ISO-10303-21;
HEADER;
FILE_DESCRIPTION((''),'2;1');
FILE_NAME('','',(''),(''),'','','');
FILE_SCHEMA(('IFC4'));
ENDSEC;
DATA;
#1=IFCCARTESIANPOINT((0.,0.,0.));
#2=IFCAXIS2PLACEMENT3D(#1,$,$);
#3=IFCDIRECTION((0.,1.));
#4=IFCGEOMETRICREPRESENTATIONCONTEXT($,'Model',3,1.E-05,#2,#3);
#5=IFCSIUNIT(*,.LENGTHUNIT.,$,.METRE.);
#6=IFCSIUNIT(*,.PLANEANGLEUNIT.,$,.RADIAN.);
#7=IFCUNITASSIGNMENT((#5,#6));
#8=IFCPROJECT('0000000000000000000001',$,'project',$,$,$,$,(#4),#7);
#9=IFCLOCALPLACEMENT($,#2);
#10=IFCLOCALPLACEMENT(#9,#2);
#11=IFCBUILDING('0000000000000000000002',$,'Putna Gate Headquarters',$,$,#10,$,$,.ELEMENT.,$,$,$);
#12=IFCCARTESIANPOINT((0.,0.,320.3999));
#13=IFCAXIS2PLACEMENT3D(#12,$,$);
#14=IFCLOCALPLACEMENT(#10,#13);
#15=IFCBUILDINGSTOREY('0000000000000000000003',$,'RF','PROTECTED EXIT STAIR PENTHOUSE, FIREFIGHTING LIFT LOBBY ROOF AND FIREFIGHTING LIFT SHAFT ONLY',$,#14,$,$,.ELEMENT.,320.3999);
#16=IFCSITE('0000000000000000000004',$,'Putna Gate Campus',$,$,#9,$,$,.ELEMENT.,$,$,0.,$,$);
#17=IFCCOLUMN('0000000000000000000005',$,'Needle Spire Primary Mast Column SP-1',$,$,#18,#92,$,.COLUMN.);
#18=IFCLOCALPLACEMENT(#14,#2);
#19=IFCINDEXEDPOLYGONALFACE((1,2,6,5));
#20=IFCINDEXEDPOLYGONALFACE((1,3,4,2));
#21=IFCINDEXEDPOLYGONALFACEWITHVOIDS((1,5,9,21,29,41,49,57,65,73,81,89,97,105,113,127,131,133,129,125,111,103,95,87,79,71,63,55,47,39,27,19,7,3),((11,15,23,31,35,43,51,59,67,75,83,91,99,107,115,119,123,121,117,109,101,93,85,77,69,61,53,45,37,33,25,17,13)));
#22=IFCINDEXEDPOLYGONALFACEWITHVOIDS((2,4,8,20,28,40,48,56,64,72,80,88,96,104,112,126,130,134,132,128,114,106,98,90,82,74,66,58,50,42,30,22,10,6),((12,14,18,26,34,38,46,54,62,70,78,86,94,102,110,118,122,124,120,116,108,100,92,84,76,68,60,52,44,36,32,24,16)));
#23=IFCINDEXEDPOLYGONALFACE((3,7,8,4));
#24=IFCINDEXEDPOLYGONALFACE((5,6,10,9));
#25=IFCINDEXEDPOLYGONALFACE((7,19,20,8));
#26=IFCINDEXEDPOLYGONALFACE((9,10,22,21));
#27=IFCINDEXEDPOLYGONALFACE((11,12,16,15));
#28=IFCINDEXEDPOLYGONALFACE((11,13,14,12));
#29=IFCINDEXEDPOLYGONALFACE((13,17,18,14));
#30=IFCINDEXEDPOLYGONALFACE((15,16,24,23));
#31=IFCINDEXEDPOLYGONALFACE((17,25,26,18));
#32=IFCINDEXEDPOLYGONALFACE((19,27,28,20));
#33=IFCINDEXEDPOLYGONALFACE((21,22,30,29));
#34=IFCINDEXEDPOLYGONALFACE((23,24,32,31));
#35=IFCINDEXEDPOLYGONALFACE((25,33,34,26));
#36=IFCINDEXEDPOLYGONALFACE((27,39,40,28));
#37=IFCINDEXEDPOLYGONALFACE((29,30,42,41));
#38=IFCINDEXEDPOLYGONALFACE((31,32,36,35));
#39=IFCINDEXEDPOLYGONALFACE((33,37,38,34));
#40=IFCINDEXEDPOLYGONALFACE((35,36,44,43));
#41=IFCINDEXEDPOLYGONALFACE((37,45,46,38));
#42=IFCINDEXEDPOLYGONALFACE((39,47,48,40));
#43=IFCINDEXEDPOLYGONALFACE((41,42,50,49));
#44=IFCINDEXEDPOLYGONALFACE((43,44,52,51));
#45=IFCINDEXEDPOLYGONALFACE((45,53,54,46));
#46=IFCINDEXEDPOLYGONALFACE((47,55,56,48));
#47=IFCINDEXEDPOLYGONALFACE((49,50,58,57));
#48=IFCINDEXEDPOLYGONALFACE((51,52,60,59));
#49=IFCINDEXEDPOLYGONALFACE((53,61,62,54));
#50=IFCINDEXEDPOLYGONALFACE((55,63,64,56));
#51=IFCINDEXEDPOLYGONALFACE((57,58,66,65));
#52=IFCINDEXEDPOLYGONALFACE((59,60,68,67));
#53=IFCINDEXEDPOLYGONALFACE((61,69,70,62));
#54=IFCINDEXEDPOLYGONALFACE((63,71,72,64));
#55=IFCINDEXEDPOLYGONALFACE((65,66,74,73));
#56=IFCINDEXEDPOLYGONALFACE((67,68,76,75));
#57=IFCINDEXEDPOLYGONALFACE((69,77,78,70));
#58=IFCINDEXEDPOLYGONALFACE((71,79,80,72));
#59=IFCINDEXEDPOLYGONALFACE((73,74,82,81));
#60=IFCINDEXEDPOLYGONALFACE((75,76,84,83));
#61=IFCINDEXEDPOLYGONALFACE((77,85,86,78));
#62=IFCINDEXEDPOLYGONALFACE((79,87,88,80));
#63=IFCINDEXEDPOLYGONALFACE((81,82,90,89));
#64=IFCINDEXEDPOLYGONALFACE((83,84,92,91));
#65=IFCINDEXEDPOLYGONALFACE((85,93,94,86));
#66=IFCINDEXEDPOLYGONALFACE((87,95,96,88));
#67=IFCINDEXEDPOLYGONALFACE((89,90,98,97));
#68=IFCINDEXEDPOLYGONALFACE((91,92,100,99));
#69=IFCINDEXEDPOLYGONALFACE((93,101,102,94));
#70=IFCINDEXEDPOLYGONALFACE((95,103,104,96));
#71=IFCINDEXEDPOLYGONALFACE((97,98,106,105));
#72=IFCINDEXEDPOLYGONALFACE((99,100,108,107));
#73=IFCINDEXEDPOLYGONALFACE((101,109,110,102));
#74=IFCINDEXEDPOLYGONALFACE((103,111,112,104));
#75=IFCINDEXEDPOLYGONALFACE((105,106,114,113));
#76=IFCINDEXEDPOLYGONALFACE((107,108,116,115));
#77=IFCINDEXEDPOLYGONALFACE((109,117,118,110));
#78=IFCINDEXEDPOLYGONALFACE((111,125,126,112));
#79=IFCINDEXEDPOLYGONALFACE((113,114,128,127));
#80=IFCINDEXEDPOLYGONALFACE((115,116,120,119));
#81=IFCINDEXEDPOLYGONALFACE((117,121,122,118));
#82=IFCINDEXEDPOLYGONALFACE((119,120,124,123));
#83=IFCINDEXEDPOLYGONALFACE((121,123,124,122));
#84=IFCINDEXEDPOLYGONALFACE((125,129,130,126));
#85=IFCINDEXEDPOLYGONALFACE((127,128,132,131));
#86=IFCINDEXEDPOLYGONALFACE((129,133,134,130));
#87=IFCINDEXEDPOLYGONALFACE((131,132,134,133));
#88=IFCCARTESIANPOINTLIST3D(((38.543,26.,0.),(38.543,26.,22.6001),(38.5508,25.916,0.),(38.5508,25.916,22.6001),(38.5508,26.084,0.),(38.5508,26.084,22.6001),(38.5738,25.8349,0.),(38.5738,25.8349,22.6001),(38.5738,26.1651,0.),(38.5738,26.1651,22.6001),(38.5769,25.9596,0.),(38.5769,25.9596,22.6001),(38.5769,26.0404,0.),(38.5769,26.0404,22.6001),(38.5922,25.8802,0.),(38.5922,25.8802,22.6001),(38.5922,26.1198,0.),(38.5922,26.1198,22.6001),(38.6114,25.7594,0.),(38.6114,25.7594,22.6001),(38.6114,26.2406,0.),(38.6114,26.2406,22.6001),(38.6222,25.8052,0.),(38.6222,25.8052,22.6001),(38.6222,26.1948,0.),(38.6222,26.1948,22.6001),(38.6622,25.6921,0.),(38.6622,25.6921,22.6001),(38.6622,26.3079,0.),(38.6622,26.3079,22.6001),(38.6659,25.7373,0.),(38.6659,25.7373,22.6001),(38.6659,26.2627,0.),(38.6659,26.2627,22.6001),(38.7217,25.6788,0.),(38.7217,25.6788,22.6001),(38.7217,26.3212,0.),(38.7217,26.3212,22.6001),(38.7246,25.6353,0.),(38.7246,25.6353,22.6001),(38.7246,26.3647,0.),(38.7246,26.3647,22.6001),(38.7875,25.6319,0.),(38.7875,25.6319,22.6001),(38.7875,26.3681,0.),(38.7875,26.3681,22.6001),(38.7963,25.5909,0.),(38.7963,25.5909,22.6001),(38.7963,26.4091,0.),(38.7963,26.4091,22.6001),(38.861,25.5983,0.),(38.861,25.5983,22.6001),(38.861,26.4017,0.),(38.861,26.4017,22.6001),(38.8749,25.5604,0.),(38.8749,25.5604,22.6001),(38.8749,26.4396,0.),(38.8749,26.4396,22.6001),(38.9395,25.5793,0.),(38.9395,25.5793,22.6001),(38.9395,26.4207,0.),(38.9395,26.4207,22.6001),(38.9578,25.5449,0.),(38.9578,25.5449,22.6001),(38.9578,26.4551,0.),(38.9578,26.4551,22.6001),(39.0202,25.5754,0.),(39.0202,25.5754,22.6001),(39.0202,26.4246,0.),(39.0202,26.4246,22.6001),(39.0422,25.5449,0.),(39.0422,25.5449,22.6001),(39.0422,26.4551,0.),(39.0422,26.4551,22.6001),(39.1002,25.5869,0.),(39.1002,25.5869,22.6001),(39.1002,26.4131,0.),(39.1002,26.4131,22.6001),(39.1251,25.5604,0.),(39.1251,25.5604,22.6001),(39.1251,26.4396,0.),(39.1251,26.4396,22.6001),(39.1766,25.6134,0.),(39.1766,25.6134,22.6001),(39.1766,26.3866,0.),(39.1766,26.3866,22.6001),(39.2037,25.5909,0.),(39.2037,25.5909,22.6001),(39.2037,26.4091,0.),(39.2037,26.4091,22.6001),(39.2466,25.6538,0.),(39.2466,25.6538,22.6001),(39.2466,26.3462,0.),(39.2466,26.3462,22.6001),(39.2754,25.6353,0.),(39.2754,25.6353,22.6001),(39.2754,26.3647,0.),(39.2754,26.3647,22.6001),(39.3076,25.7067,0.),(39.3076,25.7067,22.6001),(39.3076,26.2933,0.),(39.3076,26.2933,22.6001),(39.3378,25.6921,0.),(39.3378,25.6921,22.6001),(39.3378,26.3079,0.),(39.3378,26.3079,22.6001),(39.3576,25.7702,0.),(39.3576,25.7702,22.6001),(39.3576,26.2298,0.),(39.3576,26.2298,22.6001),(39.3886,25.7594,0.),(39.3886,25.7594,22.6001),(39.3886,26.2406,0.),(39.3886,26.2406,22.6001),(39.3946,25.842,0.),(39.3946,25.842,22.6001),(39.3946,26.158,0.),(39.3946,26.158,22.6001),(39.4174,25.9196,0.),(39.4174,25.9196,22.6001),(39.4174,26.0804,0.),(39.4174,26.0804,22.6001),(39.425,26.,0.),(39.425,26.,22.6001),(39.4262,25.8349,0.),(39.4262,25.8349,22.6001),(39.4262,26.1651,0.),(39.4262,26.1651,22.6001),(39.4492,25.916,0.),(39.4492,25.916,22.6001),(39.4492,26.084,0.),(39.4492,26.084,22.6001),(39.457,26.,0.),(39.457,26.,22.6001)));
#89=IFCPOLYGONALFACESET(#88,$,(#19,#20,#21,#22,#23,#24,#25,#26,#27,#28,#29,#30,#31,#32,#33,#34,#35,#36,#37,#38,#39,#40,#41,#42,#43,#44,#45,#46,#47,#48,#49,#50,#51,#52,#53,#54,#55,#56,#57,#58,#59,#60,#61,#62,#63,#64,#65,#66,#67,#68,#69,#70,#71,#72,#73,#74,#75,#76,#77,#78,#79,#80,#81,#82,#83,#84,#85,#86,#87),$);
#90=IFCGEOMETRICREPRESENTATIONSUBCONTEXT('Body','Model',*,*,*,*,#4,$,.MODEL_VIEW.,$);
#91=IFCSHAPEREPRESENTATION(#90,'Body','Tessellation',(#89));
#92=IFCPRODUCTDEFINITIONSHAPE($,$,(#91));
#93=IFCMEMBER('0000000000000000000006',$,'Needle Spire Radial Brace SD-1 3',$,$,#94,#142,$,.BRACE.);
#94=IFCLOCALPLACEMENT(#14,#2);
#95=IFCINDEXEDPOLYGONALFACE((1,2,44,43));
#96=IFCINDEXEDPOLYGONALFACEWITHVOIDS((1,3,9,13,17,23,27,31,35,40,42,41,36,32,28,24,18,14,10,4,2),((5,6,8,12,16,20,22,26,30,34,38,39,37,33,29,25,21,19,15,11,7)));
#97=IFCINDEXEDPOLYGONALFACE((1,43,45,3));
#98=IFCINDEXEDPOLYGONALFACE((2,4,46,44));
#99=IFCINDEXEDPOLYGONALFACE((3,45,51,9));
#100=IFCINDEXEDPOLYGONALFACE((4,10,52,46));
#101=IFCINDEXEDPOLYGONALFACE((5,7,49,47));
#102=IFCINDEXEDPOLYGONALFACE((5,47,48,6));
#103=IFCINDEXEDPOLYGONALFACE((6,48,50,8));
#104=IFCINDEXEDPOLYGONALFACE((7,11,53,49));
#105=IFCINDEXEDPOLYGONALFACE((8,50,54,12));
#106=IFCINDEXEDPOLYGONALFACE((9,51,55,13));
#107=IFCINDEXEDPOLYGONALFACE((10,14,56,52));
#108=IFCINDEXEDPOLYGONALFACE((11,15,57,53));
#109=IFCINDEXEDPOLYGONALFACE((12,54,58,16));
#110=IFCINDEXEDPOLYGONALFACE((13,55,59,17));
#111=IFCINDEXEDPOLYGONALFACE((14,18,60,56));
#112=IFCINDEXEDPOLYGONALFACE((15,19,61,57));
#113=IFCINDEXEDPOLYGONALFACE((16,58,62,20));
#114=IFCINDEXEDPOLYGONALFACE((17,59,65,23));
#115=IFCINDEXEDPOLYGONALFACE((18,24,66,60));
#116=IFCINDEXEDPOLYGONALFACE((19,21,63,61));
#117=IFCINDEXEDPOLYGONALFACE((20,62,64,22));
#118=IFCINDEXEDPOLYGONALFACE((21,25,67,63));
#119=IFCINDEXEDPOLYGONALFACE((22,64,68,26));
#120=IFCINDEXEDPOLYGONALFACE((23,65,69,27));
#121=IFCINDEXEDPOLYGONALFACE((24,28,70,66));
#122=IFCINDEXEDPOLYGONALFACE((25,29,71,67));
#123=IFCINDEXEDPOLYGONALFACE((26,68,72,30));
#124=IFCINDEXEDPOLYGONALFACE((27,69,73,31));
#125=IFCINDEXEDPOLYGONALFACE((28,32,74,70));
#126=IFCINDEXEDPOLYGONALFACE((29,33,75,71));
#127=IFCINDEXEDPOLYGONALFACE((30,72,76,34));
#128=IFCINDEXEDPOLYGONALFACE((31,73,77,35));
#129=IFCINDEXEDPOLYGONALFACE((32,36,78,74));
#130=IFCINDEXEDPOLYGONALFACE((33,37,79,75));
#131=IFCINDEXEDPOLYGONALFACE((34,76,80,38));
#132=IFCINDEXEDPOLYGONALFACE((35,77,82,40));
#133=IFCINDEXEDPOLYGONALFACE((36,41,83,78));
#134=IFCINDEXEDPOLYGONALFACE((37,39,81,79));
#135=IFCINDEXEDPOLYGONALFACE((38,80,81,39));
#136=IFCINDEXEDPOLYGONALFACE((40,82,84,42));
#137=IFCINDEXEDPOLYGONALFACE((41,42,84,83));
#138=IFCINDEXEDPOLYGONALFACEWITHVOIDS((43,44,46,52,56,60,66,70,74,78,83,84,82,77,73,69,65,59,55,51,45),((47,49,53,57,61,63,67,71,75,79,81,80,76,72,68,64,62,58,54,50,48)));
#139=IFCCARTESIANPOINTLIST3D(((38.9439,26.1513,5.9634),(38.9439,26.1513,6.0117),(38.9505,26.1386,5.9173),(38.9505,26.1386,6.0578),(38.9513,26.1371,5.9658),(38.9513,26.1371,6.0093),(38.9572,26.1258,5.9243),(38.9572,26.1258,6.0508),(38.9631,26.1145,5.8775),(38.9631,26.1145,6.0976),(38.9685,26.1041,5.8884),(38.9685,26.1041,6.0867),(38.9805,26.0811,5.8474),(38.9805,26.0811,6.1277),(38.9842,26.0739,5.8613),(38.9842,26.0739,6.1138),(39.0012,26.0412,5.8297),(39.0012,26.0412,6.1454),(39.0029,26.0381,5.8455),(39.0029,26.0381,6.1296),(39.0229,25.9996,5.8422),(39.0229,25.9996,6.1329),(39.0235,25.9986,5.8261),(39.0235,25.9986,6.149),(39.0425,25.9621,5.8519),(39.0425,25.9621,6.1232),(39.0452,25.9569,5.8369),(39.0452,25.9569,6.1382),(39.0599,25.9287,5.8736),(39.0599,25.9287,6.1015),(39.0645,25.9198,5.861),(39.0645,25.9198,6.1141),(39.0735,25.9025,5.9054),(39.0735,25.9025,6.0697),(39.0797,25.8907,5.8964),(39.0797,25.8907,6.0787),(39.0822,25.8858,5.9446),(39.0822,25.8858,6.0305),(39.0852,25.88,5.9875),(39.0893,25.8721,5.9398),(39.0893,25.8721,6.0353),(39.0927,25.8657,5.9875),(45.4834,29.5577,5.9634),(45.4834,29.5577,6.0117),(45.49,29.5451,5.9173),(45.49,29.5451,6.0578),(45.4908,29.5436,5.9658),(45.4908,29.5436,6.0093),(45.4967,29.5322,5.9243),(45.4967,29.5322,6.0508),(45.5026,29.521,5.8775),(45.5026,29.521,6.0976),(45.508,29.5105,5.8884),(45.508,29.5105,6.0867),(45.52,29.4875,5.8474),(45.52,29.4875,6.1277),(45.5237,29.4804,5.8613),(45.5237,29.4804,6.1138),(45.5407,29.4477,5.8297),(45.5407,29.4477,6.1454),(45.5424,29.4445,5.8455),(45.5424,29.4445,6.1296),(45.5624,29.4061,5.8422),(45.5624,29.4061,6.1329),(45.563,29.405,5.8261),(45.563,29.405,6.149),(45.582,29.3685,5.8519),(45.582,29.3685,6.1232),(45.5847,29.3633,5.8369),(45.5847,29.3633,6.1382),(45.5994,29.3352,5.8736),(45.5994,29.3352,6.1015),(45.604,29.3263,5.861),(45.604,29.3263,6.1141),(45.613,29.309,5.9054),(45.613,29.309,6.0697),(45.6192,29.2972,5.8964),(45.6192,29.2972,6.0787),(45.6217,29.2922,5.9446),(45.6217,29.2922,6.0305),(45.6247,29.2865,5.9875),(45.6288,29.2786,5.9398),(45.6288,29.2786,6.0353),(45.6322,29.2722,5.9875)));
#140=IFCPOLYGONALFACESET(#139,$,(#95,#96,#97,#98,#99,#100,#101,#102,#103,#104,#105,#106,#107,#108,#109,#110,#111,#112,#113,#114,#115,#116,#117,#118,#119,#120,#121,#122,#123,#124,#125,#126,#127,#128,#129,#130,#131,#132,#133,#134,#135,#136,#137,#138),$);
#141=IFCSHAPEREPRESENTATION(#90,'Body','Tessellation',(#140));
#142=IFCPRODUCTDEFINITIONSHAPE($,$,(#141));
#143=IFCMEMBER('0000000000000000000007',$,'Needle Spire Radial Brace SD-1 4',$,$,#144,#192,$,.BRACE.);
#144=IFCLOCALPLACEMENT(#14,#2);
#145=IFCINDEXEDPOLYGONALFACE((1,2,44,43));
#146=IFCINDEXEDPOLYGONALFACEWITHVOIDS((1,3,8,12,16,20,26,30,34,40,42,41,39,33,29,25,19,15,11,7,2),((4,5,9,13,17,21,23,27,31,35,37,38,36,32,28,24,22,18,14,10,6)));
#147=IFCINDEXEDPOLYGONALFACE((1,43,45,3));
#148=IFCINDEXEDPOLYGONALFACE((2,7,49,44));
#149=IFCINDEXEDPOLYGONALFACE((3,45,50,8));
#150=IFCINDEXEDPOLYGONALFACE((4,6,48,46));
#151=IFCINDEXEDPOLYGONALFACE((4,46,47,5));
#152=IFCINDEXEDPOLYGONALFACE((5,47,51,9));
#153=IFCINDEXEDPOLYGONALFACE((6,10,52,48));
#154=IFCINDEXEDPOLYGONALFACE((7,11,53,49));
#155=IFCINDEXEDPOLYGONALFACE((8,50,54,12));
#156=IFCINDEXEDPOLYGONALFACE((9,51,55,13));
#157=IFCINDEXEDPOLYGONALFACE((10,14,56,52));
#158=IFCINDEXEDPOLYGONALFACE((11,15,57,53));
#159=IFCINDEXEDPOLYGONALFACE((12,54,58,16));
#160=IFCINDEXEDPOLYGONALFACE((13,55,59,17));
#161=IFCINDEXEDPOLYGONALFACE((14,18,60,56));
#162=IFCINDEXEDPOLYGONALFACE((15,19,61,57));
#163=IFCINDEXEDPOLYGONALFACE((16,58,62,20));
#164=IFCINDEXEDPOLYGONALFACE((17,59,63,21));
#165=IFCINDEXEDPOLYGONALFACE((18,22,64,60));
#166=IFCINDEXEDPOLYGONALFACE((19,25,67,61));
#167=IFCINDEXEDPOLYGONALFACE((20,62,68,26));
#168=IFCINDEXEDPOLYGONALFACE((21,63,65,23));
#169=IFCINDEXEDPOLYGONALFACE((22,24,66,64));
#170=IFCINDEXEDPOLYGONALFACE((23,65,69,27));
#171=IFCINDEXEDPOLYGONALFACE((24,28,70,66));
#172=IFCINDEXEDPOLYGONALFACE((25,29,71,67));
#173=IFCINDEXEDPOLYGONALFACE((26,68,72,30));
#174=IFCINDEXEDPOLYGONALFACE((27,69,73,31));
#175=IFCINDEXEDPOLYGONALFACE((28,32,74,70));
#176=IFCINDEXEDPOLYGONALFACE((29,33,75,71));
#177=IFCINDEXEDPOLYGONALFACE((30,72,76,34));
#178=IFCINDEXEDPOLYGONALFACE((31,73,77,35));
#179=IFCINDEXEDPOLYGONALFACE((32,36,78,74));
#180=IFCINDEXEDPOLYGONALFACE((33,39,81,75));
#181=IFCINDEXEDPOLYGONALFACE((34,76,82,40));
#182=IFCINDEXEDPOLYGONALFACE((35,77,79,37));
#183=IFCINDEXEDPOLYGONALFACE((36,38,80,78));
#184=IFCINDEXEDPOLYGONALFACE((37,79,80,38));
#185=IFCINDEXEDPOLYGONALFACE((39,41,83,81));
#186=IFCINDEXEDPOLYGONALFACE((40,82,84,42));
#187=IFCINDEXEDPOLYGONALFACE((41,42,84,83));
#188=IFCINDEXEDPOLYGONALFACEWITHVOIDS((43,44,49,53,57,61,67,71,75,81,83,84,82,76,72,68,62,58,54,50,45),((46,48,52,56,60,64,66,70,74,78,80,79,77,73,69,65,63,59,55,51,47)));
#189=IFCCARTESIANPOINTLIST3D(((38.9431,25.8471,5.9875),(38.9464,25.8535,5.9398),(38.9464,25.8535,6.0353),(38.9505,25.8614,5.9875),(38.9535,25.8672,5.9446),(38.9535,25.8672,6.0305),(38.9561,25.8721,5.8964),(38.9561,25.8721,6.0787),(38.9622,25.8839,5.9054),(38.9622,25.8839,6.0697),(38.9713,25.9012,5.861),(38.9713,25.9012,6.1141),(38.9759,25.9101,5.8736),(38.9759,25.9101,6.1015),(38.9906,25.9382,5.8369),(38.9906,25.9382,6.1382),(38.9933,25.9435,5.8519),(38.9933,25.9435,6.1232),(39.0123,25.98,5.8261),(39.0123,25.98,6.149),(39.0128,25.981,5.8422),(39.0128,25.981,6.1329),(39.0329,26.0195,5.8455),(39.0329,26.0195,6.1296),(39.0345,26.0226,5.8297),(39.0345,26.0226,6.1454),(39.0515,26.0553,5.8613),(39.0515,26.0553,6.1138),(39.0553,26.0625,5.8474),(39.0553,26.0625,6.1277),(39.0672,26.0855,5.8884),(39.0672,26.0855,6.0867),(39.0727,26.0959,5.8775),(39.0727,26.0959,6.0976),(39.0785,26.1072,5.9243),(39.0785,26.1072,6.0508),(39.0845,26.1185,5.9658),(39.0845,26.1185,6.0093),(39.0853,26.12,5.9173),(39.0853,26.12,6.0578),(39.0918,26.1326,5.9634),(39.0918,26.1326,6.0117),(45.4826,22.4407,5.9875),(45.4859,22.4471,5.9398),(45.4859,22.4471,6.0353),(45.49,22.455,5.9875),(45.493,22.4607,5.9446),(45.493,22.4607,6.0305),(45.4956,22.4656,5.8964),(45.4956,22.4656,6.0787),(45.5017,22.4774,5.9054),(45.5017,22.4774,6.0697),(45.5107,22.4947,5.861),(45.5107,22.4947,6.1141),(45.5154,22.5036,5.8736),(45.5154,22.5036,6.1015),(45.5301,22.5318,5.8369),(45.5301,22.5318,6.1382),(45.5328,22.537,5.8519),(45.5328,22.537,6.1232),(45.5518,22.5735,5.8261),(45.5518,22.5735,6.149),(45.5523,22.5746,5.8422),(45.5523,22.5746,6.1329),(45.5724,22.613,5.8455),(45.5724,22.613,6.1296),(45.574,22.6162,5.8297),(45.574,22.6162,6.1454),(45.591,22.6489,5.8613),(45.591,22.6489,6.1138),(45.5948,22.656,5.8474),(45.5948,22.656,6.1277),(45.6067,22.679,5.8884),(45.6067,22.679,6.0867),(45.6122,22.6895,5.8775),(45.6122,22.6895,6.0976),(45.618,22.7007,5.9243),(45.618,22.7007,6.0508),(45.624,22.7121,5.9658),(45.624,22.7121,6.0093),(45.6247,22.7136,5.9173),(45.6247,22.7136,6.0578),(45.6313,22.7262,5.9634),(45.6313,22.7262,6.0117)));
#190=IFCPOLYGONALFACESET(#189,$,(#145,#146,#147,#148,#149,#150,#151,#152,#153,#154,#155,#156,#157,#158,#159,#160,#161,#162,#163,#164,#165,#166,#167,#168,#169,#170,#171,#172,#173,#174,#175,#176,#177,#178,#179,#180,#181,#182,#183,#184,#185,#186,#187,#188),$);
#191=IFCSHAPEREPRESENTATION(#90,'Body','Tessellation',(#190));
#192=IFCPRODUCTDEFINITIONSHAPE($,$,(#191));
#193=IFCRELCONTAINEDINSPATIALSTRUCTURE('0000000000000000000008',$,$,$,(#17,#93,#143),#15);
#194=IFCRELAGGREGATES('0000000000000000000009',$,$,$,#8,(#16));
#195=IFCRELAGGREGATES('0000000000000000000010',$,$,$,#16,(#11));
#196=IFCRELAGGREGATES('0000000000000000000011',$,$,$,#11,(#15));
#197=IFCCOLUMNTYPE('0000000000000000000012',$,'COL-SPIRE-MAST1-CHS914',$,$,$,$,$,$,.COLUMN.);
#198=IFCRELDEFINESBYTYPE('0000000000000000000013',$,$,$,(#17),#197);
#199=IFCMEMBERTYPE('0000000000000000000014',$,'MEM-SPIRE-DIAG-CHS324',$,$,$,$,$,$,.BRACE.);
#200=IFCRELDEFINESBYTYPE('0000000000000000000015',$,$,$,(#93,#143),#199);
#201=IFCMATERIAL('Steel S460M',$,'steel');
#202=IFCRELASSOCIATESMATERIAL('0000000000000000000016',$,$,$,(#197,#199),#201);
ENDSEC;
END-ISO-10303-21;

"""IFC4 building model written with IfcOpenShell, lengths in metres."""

from ifc_helpers import new_model, si_unit, direction, frame, origin, origin_2d, place, context, subcontext, project, spatial, hollow_circle, extrude, material, material_profile, profile_set, type_object, element, save


model = new_model("IFC4")

# Units and contexts
model_context = context("Model", 3, precision=1e-05, world=origin(), true_north=direction((0.0, 1.0)))
body_context = subcontext(model_context, "Body", "Model", "MODEL_VIEW")
ifc_project = project(units=[si_unit("LENGTHUNIT", "METRE"), si_unit("PLANEANGLEUNIT", "RADIAN")], contexts=[model_context])

# Site, building, storey
site_placement = place(None, origin())
site = spatial("IfcSite", under=ifc_project, at=site_placement, Name="Putna Gate Campus", CompositionType="ELEMENT", RefElevation=0.0)
building_placement = place(site_placement, origin())
building = spatial("IfcBuilding", under=site, at=building_placement, Name="Putna Gate Headquarters", CompositionType="ELEMENT")
storey_placement = place(building_placement, frame((0.0, 0.0, 320.3999)))
storey = spatial("IfcBuildingStorey", under=building, at=storey_placement, Name="RF", Description="PROTECTED EXIT STAIR PENTHOUSE, FIREFIGHTING LIFT LOBBY ROOF AND FIREFIGHTING LIFT SHAFT ONLY", CompositionType="ELEMENT", Elevation=320.3999)

# Column
ifc_material_1 = material(Name="Steel S460M", Category="steel")
ifc_material_profile_1 = material_profile(ifc_material_1, hollow_circle(Radius=0.457, WallThickness=0.032, at=origin_2d()), Name="Steel S460M")
ifc_profile_set_1 = profile_set([ifc_material_profile_1], Name="Steel S460M")
column_type = type_object("IfcColumnType", Name="COL-SPIRE-MAST1-CHS914", PredefinedType="COLUMN", material=ifc_profile_set_1)
column_placement = place(storey_placement, frame((39.0, 26.0, 0.0), z_axis=(0.0, 0.0, 1.0), x_axis=(1.0, 0.0, 0.0)))
element("IfcColumn", 1, at=column_placement, inside=storey, type_object=column_type, Name="Needle Spire Primary Mast Column SP-1", PredefinedType="COLUMN", context=body_context, shape_type="SweptSolid", body=[
    extrude(hollow_circle(Radius=0.457, WallThickness=0.032, at=origin_2d()), origin(), (0.0, 0.0, 1.0), 22.6001),
])

# Members
ifc_material_profile_2 = material_profile(ifc_material_1, hollow_circle(Radius=0.1619, WallThickness=0.0161, at=origin_2d()), Name="Steel S460M")
ifc_profile_set_2 = profile_set([ifc_material_profile_2], Name="Steel S460M")
member_type_1 = type_object("IfcMemberType", Name="MEM-SPIRE-DIAG-CHS324", PredefinedType="BRACE", material=ifc_profile_set_2)
for number, where, z_axis, x_axis, name in (
    (2, (45.5574, 29.4158, 5.9875), (-0.886888, -0.461985, 0.0), (0.461985, -0.886888, 0.0), "Needle Spire Radial Brace SD-1 3"),
    (3, (45.5574, 22.5842, 5.9875), (-0.886888, 0.461985, 0.0), (-0.461985, -0.886888, 0.0), "Needle Spire Radial Brace SD-1 4"),
):
    element("IfcMember", number, at=place(storey_placement, frame(where, z_axis=z_axis, x_axis=x_axis)), inside=storey, type_object=member_type_1, Name=name, PredefinedType="BRACE", context=body_context, shape_type="SweptSolid", body=[
        extrude(hollow_circle(Radius=0.1619, WallThickness=0.0161, at=origin_2d()), origin(), (0.0, 0.0, 1.0), 7.3735),
    ])

save(model, "model.ifc")
